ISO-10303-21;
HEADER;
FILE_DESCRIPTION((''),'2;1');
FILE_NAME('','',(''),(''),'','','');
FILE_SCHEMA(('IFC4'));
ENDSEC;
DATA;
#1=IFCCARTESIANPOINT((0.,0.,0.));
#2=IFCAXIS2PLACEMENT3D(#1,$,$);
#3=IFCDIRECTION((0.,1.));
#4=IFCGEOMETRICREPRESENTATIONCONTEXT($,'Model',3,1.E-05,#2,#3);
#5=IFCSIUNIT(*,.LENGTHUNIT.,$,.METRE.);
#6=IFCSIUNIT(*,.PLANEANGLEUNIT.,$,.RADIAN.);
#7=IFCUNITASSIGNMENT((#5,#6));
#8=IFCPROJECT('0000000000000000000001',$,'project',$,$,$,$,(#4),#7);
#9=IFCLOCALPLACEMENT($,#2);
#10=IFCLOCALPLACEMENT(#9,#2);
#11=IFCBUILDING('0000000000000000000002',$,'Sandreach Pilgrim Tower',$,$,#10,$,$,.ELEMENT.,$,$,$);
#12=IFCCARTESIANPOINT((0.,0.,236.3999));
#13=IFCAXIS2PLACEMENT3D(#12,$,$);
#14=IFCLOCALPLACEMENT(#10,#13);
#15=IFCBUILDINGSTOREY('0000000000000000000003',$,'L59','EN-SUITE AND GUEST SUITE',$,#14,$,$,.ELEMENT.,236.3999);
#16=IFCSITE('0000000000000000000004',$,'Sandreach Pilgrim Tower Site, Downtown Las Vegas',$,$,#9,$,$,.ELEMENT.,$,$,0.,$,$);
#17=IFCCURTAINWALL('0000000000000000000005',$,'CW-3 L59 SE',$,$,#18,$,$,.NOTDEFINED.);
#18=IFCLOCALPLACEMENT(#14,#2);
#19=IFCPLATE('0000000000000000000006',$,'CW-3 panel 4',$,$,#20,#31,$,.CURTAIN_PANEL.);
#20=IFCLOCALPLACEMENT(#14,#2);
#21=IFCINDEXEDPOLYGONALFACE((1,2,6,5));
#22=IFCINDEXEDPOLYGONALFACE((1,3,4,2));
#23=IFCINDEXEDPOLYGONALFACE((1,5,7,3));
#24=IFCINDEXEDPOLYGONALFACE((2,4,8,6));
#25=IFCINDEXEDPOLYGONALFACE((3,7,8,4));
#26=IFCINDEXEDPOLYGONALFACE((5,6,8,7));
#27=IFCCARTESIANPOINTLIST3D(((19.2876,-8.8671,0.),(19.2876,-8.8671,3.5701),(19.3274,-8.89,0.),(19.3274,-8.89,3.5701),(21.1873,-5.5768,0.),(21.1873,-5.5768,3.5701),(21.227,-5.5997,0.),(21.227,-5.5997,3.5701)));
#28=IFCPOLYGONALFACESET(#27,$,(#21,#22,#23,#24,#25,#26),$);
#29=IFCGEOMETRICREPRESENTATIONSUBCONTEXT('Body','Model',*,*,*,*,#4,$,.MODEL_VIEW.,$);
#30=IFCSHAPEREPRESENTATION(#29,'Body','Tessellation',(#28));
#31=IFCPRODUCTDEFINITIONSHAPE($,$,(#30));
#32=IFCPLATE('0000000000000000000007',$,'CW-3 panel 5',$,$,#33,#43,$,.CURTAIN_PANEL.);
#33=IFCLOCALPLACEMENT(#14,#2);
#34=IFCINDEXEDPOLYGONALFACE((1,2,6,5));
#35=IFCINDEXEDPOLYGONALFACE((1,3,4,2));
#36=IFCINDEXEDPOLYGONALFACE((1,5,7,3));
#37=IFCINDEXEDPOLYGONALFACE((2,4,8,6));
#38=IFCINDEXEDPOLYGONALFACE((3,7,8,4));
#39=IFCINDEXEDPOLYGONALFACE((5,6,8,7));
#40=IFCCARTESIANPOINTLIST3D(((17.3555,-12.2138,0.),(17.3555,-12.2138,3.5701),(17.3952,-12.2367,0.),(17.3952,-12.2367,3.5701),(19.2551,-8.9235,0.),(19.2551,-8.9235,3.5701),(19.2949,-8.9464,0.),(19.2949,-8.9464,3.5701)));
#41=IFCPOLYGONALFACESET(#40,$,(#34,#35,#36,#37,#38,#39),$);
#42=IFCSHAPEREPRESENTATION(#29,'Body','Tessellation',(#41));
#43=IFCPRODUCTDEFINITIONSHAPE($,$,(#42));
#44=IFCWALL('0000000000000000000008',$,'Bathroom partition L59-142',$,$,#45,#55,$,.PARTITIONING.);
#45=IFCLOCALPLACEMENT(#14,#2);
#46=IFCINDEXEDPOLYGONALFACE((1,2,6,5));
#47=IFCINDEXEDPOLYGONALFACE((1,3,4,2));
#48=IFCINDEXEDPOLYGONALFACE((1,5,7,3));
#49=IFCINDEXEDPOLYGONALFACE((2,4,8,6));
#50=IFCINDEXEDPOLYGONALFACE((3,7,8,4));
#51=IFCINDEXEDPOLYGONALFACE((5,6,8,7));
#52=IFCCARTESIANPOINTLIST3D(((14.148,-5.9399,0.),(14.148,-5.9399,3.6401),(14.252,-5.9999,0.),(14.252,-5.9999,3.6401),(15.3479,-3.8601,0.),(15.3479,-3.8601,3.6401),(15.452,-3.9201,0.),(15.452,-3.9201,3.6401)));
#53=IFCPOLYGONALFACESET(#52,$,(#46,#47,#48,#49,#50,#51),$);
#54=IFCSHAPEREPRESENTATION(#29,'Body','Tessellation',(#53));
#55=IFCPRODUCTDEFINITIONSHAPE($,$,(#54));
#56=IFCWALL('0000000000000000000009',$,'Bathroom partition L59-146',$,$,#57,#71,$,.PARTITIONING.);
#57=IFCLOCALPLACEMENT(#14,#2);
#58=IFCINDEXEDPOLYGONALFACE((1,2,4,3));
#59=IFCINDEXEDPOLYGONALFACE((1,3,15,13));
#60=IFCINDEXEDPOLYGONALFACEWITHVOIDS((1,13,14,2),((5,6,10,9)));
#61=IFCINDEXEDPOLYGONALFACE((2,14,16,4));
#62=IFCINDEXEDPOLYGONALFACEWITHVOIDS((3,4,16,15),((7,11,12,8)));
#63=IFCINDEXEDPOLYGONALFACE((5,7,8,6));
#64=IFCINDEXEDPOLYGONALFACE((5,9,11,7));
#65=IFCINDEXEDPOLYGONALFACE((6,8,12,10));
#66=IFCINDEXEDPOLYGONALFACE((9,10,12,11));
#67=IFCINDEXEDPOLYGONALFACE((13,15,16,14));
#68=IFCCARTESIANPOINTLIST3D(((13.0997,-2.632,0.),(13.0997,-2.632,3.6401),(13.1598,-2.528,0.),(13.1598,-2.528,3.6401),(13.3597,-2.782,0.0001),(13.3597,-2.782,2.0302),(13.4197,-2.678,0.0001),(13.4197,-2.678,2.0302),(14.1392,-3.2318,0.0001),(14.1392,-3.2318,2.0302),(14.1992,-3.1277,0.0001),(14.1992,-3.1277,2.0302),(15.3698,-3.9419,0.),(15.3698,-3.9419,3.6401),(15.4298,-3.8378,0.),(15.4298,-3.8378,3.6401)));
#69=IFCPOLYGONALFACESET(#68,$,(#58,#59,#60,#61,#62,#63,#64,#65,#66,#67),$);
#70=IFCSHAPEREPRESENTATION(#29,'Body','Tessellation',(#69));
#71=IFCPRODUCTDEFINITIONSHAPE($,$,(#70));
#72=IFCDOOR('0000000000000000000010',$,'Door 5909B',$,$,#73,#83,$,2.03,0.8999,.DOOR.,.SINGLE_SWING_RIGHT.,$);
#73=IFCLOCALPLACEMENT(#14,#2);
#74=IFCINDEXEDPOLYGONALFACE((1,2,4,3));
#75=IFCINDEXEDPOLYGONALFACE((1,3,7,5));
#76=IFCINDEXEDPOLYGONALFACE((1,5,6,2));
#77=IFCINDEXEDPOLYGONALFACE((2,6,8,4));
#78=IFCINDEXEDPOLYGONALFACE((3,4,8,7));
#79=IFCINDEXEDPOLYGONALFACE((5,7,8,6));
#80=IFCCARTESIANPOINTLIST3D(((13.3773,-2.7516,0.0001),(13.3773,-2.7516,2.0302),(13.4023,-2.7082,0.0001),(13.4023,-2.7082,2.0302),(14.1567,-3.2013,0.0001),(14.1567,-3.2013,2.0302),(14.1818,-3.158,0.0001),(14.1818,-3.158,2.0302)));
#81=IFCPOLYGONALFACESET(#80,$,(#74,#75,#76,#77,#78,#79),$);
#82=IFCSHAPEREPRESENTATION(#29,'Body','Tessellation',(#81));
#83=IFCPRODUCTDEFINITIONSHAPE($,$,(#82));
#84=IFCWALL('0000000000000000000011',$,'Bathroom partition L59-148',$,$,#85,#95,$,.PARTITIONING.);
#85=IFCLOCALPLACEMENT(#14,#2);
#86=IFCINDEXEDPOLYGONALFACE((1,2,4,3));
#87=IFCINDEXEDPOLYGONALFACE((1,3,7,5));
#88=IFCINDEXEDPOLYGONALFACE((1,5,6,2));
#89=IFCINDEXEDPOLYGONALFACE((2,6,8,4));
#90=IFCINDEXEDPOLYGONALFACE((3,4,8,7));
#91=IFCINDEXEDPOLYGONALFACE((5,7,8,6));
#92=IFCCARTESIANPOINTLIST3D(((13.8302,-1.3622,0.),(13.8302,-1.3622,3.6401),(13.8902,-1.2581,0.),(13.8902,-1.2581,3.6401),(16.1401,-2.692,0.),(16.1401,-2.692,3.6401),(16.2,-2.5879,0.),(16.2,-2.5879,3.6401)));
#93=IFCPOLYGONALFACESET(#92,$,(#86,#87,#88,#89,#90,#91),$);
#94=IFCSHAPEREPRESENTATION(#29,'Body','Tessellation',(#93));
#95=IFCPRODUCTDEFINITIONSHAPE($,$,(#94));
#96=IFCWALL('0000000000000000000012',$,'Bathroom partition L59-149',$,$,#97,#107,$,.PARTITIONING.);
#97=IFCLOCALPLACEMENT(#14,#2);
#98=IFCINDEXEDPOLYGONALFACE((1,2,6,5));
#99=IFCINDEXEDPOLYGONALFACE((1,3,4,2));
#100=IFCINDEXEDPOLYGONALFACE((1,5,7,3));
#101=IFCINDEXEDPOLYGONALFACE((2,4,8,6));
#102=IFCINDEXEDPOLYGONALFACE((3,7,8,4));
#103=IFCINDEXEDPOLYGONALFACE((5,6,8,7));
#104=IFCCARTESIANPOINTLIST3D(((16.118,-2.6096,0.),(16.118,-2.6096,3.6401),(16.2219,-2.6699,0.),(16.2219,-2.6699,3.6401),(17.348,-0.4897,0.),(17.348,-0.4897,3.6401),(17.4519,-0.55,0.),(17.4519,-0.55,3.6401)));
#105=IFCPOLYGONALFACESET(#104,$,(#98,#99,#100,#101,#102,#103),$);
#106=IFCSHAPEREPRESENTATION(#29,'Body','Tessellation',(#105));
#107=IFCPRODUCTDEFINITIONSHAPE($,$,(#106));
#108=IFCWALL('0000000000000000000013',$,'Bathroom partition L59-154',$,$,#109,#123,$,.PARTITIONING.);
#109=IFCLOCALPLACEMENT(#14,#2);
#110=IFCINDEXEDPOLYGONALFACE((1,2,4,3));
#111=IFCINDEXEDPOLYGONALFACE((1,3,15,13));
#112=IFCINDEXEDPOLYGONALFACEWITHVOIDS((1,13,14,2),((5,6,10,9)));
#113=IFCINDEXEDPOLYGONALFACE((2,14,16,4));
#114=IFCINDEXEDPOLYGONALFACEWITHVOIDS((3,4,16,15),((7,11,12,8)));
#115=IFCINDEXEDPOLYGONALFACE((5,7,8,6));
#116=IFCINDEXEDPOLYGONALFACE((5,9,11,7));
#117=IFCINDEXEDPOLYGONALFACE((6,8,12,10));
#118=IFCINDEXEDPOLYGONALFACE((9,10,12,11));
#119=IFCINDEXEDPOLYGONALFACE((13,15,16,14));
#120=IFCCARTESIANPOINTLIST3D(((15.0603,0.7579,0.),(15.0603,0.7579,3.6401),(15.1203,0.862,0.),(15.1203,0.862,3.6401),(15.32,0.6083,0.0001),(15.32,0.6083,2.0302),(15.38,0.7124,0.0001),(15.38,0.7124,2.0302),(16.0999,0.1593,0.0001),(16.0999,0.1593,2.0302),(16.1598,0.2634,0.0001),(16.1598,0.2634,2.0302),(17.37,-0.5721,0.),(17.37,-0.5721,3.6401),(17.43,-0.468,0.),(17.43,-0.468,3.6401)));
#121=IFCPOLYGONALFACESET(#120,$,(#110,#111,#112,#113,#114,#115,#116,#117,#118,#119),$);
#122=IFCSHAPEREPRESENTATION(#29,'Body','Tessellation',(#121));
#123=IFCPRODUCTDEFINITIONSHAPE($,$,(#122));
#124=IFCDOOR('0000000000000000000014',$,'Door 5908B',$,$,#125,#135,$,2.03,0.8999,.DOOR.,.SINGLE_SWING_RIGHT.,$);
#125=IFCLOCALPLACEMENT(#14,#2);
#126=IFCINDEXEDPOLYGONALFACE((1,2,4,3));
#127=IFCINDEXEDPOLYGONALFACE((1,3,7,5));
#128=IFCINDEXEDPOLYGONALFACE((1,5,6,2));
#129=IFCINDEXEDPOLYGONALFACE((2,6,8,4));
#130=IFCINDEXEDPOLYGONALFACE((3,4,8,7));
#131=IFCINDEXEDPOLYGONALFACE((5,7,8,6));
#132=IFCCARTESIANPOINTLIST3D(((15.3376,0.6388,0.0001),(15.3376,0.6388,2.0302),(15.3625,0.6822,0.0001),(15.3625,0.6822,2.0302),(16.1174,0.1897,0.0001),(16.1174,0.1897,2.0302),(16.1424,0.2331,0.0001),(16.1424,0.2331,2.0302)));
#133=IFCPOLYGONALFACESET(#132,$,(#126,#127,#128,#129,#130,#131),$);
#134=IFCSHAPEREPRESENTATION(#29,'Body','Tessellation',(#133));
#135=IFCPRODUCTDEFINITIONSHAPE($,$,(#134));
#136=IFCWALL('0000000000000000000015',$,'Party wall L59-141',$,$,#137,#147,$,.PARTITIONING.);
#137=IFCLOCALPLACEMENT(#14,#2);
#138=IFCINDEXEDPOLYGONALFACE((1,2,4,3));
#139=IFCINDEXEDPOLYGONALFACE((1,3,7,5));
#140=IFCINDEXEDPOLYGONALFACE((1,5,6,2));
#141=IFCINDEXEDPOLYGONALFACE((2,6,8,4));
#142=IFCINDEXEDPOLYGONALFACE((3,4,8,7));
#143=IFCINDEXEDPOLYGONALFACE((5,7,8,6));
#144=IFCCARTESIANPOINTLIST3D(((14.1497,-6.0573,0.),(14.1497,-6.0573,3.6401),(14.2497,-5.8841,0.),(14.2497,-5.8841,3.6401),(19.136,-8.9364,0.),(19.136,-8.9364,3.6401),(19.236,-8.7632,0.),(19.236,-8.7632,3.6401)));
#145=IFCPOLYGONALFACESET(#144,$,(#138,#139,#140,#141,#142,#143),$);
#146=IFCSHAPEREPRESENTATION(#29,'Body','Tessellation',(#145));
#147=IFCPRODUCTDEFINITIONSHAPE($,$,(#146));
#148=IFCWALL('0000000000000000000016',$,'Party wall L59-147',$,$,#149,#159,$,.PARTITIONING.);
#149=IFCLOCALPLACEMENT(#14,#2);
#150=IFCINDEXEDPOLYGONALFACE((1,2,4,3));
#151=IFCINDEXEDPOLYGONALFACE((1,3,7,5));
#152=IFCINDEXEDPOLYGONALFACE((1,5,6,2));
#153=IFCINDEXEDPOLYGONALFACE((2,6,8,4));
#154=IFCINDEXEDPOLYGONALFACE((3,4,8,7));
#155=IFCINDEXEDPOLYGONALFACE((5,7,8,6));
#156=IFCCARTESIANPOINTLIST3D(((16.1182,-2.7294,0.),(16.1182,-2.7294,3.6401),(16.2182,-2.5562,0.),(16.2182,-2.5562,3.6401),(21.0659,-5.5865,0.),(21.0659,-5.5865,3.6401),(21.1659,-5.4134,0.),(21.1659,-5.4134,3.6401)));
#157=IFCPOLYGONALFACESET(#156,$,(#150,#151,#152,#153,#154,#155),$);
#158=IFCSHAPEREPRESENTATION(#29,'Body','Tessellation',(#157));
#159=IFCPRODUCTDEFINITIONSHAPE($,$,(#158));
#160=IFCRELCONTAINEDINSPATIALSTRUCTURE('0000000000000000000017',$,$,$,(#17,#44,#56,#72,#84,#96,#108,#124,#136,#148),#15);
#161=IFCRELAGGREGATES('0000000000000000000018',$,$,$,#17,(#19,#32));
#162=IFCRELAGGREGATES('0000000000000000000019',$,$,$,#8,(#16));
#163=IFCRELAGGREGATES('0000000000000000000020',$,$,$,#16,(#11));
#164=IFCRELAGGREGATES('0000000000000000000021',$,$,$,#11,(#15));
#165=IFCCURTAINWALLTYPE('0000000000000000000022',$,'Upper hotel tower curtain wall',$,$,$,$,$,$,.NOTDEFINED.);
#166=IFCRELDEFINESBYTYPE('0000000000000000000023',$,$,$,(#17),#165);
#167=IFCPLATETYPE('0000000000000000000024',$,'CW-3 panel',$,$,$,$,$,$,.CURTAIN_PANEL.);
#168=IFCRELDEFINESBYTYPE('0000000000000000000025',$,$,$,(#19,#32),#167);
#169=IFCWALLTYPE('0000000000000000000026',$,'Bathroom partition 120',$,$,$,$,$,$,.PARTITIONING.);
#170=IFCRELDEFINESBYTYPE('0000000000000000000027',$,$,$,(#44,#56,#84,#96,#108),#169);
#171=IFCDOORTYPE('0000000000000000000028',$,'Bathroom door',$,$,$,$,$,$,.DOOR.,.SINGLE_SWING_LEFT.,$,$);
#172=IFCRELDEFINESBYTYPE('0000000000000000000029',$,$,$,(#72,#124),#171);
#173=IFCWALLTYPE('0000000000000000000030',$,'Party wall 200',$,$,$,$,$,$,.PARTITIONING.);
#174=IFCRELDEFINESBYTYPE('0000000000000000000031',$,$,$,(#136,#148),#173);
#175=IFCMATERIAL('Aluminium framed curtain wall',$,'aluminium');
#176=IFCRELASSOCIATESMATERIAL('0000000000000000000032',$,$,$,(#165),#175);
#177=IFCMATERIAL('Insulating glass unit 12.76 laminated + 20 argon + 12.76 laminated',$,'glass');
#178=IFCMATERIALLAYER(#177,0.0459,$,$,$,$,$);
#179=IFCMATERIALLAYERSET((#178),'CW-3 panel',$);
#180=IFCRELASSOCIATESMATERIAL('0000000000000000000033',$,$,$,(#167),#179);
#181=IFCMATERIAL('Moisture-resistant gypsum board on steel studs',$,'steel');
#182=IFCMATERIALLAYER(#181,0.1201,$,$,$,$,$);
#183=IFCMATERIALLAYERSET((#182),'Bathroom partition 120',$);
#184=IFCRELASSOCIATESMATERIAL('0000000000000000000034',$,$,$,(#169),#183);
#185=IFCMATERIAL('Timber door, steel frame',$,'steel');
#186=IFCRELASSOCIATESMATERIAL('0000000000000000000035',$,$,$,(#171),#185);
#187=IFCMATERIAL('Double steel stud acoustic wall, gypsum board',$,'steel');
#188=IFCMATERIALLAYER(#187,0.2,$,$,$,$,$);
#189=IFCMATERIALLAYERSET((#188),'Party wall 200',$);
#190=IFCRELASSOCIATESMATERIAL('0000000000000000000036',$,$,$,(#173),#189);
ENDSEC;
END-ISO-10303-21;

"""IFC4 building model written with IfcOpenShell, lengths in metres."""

from ifc_helpers import new_model, si_unit, direction, frame, frame_2d, origin, origin_2d, place, context, subcontext, project, spatial, rectangle, extrude, material, layer, layer_set, type_object, element, fill, aggregate, save


model = new_model("IFC4")

# Units and contexts
model_context = context("Model", 3, precision=1e-05, world=origin(), true_north=direction((0.0, 1.0)))
body_context = subcontext(model_context, "Body", "Model", "MODEL_VIEW")
ifc_project = project(units=[si_unit("LENGTHUNIT", "METRE"), si_unit("PLANEANGLEUNIT", "RADIAN")], contexts=[model_context])

# Site, building, storey
site_placement = place(None, origin())
site = spatial("IfcSite", under=ifc_project, at=site_placement, Name="Sandreach Pilgrim Tower Site, Downtown Las Vegas", CompositionType="ELEMENT", RefElevation=0.0)
building_placement = place(site_placement, origin())
building = spatial("IfcBuilding", under=site, at=building_placement, Name="Sandreach Pilgrim Tower", CompositionType="ELEMENT")
storey_placement = place(building_placement, frame((0.0, 0.0, 236.3999)))
storey = spatial("IfcBuildingStorey", under=building, at=storey_placement, Name="L59", Description="EN-SUITE AND GUEST SUITE", CompositionType="ELEMENT", Elevation=236.3999)

# Curtain wall
ifc_material_1 = material(Name="Aluminium framed curtain wall", Category="aluminium")
curtain_wall_type = type_object("IfcCurtainWallType", Name="Upper hotel tower curtain wall", PredefinedType="NOTDEFINED", material=ifc_material_1)
curtain_wall_placement = place(storey_placement, origin())
curtain_wall = element("IfcCurtainWall", 1, at=curtain_wall_placement, inside=storey, type_object=curtain_wall_type, Name="CW-3 L59 SE", PredefinedType="NOTDEFINED")

# Plates
ifc_material_2 = material(Name="Insulating glass unit 12.76 laminated + 20 argon + 12.76 laminated", Category="glass")
ifc_layer_1 = layer(ifc_material_2, 0.0459)
ifc_layer_set_1 = layer_set([ifc_layer_1], Name="CW-3 panel")
plate_type = type_object("IfcPlateType", Name="CW-3 panel", PredefinedType="CURTAIN_PANEL", material=ifc_layer_set_1)
plate_1_placement = place(storey_placement, frame((20.2573, -7.2334, 0.0), z_axis=(0.0, 0.0, 1.0), x_axis=(-0.5, -0.866025, 0.0)))
plate_1 = element("IfcPlate", 2, at=plate_1_placement, type_object=plate_type, Name="CW-3 panel 4", PredefinedType="CURTAIN_PANEL", context=body_context, shape_type="SweptSolid", body=[
    extrude(rectangle(XDim=3.7993, YDim=0.0459, at=origin_2d()), origin(), (0.0, 0.0, 1.0), 3.5701),
])
plate_2_placement = place(storey_placement, frame((18.3252, -10.5801, 0.0), z_axis=(0.0, 0.0, 1.0), x_axis=(-0.5, -0.866025, 0.0)))
plate_2 = element("IfcPlate", 3, at=plate_2_placement, type_object=plate_type, Name="CW-3 panel 5", PredefinedType="CURTAIN_PANEL", context=body_context, shape_type="SweptSolid", body=[
    extrude(rectangle(XDim=3.7993, YDim=0.0459, at=origin_2d()), origin(), (0.0, 0.0, 1.0), 3.5701),
])
aggregate(curtain_wall, [plate_1, plate_2])

# Wall
ifc_material_3 = material(Name="Moisture-resistant gypsum board on steel studs", Category="steel")
ifc_layer_2 = layer(ifc_material_3, 0.1201)
ifc_layer_set_2 = layer_set([ifc_layer_2], Name="Bathroom partition 120")
wall_type_1 = type_object("IfcWallType", Name="Bathroom partition 120", PredefinedType="PARTITIONING", material=ifc_layer_set_2)
wall_1_placement = place(storey_placement, frame((14.2, -5.97, 0.0), z_axis=(0.0, 0.0, 1.0), x_axis=(0.499737, 0.866177, 0.0)))
element("IfcWall", 4, at=wall_1_placement, inside=storey, type_object=wall_type_1, Name="Bathroom partition L59-142", PredefinedType="PARTITIONING", context=body_context, shape_type="SweptSolid", body=[
    extrude(rectangle(XDim=2.4011, YDim=0.1201, at=frame_2d((1.2007, 0.0))), origin(), (0.0, 0.0, 1.0), 3.6401),
])

# Wall, opening, door
wall_2_placement = place(storey_placement, frame((15.3999, -3.8899, 0.0), z_axis=(0.0, 0.0, 1.0), x_axis=(-0.866155, 0.499776, 0.0)))
wall_2 = element("IfcWall", 5, at=wall_2_placement, inside=storey, type_object=wall_type_1, Name="Bathroom partition L59-146", PredefinedType="PARTITIONING", context=body_context, shape_type="SweptSolid", body=[
    extrude(rectangle(XDim=2.6208, YDim=0.1201, at=frame_2d((1.3105, 0.0))), origin(), (0.0, 0.0, 1.0), 3.6401),
])
opening_1_placement = place(wall_2_placement, frame((1.4209, 0.0, 0.0)))
opening_1 = element("IfcOpeningElement", 6, at=opening_1_placement, cuts=wall_2, PredefinedType="OPENING", context=body_context, shape_type="SweptSolid", body=[
    extrude(rectangle(XDim=0.8999, YDim=2.03, at=frame_2d((0.45, 1.0151))), frame((0.0, 0.0601, 0.0), z_axis=(0.0, -1.0, 0.0), x_axis=(1.0, 0.0, 0.0)), (0.0, 0.0, 1.0), 0.1201),
])
ifc_material_4 = material(Name="Timber door, steel frame", Category="steel")
door_type = type_object("IfcDoorType", Name="Bathroom door", OperationType="SINGLE_SWING_LEFT", PredefinedType="DOOR", material=ifc_material_4)
door_1_placement = place(opening_1_placement, origin())
door_1 = element("IfcDoor", 7, at=door_1_placement, inside=storey, type_object=door_type, Name="Door 5909B", OperationType="SINGLE_SWING_RIGHT", OverallHeight=2.03, OverallWidth=0.8999, PredefinedType="DOOR", context=body_context, shape_type="SweptSolid", body=[
    extrude(rectangle(XDim=0.8999, YDim=2.03, at=frame_2d((0.45, 1.0151))), frame((0.0, 0.0249, 0.0), z_axis=(0.0, -1.0, 0.0), x_axis=(1.0, 0.0, 0.0)), (0.0, 0.0, 1.0), 0.05),
])
fill(opening_1, door_1)

# Walls
wall_3_placement = place(storey_placement, frame((16.1699, -2.6399, 0.0), z_axis=(0.0, 0.0, 1.0), x_axis=(-0.866632, 0.498948, 0.0)))
element("IfcWall", 8, at=wall_3_placement, inside=storey, type_object=wall_type_1, Name="Bathroom partition L59-148", PredefinedType="PARTITIONING", context=body_context, shape_type="SweptSolid", body=[
    extrude(rectangle(XDim=2.6653, YDim=0.1201, at=frame_2d((1.3325, 0.0))), origin(), (0.0, 0.0, 1.0), 3.6401),
])
wall_4_placement = place(storey_placement, frame((16.1699, -2.6399, 0.0), z_axis=(0.0, 0.0, 1.0), x_axis=(0.501857, 0.864951, 0.0)))
element("IfcWall", 9, at=wall_4_placement, inside=storey, type_object=wall_type_1, Name="Bathroom partition L59-149", PredefinedType="PARTITIONING", context=body_context, shape_type="SweptSolid", body=[
    extrude(rectangle(XDim=2.4509, YDim=0.1201, at=frame_2d((1.2256, 0.0))), origin(), (0.0, 0.0, 1.0), 3.6401),
])

# Wall, opening, door
wall_5_placement = place(storey_placement, frame((17.3999, -0.52, 0.0), z_axis=(0.0, 0.0, 1.0), x_axis=(-0.866592, 0.499017, 0.0)))
wall_5 = element("IfcWall", 10, at=wall_5_placement, inside=storey, type_object=wall_type_1, Name="Bathroom partition L59-154", PredefinedType="PARTITIONING", context=body_context, shape_type="SweptSolid", body=[
    extrude(rectangle(XDim=2.6653, YDim=0.1201, at=frame_2d((1.3325, 0.0))), origin(), (0.0, 0.0, 1.0), 3.6401),
])
opening_2_placement = place(wall_5_placement, frame((1.4656, 0.0, 0.0)))
opening_2 = element("IfcOpeningElement", 11, at=opening_2_placement, cuts=wall_5, PredefinedType="OPENING", context=body_context, shape_type="SweptSolid", body=[
    extrude(rectangle(XDim=0.8999, YDim=2.03, at=frame_2d((0.45, 1.0151))), frame((0.0, 0.0601, 0.0), z_axis=(0.0, -1.0, 0.0), x_axis=(1.0, 0.0, 0.0)), (0.0, 0.0, 1.0), 0.1201),
])
door_2_placement = place(opening_2_placement, origin())
door_2 = element("IfcDoor", 12, at=door_2_placement, inside=storey, type_object=door_type, Name="Door 5908B", OperationType="SINGLE_SWING_RIGHT", OverallHeight=2.03, OverallWidth=0.8999, PredefinedType="DOOR", context=body_context, shape_type="SweptSolid", body=[
    extrude(rectangle(XDim=0.8999, YDim=2.03, at=frame_2d((0.45, 1.0151))), frame((0.0, 0.0249, 0.0), z_axis=(0.0, -1.0, 0.0), x_axis=(1.0, 0.0, 0.0)), (0.0, 0.0, 1.0), 0.05),
])
fill(opening_2, door_2)

# Walls
ifc_material_5 = material(Name="Double steel stud acoustic wall, gypsum board", Category="steel")
ifc_layer_3 = layer(ifc_material_5, 0.2)
ifc_layer_set_3 = layer_set([ifc_layer_3], Name="Party wall 200")
wall_type_2 = type_object("IfcWallType", Name="Party wall 200", PredefinedType="PARTITIONING", material=ifc_layer_set_3)
wall_6_placement = place(storey_placement, frame((14.1997, -5.9707, 0.0), z_axis=(0.0, 0.0, 1.0), x_axis=(0.866003, -0.500038, 0.0)))
element("IfcWall", 13, at=wall_6_placement, inside=storey, type_object=wall_type_2, Name="Party wall L59-141", PredefinedType="PARTITIONING", context=body_context, shape_type="SweptSolid", body=[
    extrude(rectangle(XDim=5.7578, YDim=0.2, at=frame_2d((2.8789, 0.0))), origin(), (0.0, 0.0, 1.0), 3.6401),
])
wall_7_placement = place(storey_placement, frame((16.1682, -2.6428, 0.0), z_axis=(0.0, 0.0, 1.0), x_axis=(0.865981, -0.500078, 0.0)))
element("IfcWall", 14, at=wall_7_placement, inside=storey, type_object=wall_type_2, Name="Party wall L59-147", PredefinedType="PARTITIONING", context=body_context, shape_type="SweptSolid", body=[
    extrude(rectangle(XDim=5.7134, YDim=0.2, at=frame_2d((2.8567, 0.0))), origin(), (0.0, 0.0, 1.0), 3.6401),
])

save(model, "model.ifc")
